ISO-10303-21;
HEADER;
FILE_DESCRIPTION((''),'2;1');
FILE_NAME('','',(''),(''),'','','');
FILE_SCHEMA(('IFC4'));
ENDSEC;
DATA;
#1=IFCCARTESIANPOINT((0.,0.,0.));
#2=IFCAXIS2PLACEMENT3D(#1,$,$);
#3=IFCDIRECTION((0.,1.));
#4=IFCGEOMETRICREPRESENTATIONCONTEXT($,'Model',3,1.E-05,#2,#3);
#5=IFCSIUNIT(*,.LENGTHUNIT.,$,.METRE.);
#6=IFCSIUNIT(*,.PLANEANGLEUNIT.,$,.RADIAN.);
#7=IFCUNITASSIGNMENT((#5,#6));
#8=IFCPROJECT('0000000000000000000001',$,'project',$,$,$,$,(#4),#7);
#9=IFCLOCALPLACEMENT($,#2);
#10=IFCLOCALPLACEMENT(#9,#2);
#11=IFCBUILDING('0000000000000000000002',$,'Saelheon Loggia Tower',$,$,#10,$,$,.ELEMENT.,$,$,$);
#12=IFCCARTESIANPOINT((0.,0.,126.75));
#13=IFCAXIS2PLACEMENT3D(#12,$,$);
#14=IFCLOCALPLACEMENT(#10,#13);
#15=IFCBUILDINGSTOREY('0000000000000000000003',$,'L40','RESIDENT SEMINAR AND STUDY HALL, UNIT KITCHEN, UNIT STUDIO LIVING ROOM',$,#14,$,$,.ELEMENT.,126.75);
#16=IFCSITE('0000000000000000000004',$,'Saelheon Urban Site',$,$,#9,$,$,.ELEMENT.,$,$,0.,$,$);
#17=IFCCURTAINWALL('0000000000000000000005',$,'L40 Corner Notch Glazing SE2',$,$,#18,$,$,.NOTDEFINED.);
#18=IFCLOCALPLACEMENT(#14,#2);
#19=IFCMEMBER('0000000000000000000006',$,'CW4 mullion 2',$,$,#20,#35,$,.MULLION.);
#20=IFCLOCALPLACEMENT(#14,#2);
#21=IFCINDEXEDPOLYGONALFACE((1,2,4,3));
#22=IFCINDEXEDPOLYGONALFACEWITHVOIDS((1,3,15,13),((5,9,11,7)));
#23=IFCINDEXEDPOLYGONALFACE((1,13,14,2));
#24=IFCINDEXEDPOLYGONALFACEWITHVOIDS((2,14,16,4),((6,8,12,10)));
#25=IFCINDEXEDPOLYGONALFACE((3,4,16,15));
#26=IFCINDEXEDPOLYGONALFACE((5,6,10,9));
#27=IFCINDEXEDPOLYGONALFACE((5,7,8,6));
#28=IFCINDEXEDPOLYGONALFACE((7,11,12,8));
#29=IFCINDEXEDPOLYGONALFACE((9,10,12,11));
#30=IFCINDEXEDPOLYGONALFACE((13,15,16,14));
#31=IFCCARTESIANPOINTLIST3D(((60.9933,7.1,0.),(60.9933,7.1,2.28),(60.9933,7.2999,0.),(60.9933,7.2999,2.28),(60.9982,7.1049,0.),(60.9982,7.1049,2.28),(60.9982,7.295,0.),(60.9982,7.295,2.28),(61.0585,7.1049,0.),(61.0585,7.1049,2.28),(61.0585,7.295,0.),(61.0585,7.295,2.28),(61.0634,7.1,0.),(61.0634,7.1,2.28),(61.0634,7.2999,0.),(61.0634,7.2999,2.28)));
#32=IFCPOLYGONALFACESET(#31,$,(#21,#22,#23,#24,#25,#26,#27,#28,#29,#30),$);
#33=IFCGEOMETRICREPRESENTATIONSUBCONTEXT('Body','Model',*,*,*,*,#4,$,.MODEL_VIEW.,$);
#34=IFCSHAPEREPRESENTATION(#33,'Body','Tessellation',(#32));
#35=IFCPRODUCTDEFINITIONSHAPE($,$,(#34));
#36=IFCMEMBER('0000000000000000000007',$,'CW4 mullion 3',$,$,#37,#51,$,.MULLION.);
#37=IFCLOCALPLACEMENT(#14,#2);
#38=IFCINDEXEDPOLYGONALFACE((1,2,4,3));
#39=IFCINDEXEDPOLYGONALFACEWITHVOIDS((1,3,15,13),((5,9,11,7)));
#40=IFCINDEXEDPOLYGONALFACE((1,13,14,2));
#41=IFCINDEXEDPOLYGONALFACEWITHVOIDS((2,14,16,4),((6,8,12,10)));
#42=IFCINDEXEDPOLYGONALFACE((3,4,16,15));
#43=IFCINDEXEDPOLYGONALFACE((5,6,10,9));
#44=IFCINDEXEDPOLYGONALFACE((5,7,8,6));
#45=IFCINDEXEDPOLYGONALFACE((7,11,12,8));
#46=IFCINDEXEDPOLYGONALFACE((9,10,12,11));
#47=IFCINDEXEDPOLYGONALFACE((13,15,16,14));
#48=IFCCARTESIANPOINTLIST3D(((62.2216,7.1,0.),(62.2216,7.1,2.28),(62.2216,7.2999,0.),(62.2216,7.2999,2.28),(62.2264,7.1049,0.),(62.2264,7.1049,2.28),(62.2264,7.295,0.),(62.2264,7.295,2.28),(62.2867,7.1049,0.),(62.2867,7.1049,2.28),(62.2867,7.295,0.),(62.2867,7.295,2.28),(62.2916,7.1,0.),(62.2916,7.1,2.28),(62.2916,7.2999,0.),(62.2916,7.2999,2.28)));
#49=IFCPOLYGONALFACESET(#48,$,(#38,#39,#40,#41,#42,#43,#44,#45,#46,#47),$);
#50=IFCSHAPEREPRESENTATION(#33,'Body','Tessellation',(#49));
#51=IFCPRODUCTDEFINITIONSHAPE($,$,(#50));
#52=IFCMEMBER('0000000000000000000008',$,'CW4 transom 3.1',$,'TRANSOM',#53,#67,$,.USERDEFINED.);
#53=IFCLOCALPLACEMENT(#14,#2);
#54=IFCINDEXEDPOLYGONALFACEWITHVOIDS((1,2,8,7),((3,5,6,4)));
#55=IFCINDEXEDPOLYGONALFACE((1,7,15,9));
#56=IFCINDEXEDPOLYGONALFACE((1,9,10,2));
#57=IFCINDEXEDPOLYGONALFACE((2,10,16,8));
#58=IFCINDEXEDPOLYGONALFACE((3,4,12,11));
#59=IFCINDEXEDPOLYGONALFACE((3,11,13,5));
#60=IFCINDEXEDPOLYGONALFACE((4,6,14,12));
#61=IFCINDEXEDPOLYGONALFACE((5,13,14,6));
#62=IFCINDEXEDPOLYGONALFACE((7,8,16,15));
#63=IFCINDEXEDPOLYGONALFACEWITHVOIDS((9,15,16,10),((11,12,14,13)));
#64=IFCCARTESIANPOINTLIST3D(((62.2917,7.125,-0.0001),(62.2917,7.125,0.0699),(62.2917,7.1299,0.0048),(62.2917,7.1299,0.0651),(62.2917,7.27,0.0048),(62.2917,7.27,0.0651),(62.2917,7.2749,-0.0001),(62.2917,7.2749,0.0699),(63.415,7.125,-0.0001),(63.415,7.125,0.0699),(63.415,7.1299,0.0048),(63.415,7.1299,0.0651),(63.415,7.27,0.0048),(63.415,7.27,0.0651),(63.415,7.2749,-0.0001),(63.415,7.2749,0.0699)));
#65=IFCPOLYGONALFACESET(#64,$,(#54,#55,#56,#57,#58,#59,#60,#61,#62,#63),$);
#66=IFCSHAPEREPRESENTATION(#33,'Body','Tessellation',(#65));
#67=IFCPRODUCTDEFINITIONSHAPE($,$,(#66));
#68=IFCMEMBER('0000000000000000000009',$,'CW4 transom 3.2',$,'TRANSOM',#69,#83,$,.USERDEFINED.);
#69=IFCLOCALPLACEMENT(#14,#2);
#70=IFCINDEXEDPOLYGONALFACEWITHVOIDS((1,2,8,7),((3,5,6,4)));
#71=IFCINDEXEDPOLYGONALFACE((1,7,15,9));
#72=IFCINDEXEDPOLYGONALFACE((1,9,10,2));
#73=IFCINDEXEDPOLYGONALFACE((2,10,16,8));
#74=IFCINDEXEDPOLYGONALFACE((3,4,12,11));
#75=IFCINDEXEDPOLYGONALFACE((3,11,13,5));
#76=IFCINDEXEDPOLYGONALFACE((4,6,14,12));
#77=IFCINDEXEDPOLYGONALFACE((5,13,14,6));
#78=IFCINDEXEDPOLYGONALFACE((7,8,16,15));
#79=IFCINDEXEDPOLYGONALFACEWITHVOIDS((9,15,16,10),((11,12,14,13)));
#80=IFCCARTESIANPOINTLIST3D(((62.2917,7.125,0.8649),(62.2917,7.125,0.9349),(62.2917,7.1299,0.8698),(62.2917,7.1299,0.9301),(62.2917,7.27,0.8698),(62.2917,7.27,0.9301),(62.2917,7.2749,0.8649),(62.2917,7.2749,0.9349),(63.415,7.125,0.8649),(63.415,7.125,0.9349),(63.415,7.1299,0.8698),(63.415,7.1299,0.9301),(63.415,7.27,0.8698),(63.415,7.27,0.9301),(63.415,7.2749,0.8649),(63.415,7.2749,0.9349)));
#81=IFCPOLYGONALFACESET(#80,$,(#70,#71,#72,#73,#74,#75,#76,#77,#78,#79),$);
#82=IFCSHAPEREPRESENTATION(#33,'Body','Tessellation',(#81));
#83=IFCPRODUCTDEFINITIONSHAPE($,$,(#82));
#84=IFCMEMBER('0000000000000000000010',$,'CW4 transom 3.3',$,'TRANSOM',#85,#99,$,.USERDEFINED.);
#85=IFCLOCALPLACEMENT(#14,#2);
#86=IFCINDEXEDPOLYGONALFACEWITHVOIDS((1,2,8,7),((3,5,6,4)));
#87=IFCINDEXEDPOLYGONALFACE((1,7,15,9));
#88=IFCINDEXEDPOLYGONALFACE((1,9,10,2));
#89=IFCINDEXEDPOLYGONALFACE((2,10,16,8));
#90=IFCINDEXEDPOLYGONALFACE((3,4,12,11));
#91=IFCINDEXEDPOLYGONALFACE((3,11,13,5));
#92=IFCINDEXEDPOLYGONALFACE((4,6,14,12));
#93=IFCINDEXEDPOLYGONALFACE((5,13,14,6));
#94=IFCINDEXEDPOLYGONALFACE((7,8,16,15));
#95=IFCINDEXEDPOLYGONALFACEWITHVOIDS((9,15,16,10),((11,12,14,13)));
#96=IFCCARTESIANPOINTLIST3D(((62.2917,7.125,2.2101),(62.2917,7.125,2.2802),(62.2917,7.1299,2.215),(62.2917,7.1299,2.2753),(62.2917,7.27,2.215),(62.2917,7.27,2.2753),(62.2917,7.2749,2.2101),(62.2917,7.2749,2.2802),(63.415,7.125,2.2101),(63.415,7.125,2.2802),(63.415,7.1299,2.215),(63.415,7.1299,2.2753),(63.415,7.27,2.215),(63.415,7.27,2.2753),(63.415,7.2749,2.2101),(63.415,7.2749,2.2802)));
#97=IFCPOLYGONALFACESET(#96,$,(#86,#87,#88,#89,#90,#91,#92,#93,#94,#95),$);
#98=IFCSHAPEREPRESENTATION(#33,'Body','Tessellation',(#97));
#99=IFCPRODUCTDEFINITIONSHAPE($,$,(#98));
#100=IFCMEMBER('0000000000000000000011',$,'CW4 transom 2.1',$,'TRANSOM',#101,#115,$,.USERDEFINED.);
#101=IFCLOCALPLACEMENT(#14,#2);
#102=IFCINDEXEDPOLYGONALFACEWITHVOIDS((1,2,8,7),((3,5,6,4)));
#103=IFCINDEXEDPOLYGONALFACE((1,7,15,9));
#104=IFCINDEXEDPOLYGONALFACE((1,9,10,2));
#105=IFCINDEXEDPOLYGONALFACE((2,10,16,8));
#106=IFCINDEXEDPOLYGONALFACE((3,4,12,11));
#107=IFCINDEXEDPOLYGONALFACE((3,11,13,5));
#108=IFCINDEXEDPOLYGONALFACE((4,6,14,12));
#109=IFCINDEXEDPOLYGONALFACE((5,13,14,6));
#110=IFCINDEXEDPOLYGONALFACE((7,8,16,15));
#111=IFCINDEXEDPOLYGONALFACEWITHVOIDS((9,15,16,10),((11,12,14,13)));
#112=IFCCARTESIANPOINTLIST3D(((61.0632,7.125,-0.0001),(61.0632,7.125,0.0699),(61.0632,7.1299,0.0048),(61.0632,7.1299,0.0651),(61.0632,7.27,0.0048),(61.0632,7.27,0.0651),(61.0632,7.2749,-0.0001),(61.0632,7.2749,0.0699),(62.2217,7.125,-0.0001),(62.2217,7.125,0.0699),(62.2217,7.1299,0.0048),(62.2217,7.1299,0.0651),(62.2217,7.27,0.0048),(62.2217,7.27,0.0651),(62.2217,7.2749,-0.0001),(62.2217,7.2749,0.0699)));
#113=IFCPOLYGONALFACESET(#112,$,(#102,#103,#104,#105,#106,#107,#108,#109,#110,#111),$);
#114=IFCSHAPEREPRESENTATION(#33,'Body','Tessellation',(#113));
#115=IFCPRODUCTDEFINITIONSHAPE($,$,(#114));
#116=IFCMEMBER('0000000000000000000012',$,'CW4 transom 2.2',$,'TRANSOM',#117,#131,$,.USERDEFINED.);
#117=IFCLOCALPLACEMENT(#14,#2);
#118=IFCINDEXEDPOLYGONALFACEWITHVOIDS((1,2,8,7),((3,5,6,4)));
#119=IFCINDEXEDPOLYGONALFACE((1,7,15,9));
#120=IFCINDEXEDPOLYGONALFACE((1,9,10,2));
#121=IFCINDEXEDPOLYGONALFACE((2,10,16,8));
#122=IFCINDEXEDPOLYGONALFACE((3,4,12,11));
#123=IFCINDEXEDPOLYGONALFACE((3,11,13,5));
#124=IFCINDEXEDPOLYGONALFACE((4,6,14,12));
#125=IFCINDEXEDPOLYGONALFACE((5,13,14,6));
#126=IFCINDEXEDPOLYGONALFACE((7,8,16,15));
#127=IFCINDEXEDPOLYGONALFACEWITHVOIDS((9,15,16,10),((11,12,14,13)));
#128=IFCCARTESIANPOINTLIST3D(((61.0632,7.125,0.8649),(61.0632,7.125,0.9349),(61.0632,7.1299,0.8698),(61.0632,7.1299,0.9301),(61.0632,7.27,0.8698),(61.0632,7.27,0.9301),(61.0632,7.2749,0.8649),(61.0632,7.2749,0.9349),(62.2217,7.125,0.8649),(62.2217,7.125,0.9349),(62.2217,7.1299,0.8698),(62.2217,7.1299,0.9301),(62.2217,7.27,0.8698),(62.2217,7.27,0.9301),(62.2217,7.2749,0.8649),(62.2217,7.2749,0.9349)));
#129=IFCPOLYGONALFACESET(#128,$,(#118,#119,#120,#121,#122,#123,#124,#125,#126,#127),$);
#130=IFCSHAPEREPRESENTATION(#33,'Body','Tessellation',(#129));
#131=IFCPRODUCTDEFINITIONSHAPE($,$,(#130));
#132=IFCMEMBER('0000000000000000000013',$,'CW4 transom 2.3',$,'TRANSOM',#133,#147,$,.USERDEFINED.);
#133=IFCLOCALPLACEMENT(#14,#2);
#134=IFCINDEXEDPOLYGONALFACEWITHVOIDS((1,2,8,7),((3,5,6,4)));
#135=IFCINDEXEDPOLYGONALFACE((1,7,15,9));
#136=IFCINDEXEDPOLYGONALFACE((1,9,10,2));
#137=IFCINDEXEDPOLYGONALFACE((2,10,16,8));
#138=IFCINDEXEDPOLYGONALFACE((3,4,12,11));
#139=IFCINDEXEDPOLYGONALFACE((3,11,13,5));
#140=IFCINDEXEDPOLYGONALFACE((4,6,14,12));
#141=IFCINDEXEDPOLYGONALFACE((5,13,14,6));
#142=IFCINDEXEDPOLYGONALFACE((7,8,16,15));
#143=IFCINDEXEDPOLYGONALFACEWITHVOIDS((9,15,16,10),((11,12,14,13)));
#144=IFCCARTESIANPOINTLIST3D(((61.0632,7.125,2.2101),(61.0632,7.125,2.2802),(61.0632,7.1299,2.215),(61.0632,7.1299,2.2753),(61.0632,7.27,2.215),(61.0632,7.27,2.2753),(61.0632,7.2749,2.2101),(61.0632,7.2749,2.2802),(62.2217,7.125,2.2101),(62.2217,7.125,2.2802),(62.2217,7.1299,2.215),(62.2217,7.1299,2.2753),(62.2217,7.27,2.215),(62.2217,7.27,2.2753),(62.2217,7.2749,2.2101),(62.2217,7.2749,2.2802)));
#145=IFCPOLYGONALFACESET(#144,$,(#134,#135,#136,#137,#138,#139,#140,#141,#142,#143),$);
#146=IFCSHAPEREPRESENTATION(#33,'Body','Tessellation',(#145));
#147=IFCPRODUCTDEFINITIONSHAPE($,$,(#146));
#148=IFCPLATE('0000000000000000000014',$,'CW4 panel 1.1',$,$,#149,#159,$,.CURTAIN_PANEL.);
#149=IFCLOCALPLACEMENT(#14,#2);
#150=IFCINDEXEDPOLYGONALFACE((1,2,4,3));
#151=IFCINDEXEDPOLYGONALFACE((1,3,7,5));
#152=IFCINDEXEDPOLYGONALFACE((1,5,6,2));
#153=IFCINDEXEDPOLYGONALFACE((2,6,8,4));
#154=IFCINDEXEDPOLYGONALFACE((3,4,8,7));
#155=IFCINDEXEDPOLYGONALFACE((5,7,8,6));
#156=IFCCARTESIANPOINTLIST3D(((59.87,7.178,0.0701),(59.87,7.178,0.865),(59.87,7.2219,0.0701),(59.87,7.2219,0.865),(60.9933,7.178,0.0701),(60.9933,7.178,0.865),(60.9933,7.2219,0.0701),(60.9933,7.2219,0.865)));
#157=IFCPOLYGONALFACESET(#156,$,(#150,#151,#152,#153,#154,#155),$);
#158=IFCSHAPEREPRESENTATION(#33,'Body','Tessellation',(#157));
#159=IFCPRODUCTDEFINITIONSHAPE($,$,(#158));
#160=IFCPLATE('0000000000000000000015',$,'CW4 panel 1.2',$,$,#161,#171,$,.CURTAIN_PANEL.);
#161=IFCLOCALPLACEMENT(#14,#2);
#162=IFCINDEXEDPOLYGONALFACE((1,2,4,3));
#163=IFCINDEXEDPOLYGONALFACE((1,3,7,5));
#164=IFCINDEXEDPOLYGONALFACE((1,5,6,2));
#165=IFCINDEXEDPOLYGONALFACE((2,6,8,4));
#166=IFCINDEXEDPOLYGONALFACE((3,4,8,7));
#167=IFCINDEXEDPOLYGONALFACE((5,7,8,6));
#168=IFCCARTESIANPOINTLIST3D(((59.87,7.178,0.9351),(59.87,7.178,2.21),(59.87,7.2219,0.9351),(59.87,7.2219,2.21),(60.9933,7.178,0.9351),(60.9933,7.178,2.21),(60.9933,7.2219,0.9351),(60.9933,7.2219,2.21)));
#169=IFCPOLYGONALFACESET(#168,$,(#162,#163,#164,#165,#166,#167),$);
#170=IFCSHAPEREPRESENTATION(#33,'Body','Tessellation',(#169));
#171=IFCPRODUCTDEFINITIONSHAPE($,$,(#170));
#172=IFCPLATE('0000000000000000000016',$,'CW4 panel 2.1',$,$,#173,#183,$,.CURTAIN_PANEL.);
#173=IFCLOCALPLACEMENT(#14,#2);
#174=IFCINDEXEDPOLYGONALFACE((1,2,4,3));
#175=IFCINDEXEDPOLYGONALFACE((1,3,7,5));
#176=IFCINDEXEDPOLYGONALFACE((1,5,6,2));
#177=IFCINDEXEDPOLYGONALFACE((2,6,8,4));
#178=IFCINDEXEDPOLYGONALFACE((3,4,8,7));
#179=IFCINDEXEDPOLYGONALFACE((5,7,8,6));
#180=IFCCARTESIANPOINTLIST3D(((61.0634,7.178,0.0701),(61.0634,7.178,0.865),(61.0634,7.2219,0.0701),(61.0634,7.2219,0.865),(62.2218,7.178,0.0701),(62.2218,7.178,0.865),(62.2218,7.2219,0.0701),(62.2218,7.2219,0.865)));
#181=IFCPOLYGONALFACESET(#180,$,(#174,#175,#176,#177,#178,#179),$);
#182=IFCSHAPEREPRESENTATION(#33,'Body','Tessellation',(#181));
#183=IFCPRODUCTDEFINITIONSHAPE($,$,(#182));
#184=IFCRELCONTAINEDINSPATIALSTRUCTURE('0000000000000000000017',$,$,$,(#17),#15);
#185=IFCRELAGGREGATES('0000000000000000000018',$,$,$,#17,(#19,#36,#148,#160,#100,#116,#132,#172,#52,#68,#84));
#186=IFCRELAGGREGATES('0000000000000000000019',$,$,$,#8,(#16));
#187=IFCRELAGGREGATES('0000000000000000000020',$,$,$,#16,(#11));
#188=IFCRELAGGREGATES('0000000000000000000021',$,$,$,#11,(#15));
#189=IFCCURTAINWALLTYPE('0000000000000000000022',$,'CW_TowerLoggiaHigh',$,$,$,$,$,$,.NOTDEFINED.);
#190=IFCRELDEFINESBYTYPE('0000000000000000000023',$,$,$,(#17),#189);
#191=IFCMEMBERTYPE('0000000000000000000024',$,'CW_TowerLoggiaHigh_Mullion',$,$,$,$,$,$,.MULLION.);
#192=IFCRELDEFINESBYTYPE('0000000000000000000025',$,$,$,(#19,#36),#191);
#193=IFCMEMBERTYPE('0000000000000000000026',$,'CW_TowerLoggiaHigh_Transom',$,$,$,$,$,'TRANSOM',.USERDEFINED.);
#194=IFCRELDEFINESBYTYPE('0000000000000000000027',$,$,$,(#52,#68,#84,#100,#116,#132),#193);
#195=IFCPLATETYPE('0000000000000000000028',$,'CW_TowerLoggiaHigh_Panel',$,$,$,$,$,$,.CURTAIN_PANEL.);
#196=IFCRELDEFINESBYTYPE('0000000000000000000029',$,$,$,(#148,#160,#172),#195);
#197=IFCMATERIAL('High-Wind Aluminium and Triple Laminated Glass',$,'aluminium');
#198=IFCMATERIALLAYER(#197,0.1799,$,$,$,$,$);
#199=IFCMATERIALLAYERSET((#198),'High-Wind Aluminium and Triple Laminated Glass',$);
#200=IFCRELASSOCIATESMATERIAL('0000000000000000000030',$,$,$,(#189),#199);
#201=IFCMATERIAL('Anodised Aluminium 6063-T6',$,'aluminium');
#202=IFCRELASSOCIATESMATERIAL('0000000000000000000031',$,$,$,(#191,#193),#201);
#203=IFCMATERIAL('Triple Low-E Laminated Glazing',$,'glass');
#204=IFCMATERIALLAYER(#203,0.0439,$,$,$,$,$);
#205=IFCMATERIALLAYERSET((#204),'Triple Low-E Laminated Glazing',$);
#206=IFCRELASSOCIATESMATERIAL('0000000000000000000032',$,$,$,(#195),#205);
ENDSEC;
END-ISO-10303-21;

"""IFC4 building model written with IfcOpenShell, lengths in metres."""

from ifc_helpers import new_model, si_unit, direction, frame, origin, origin_2d, place, context, subcontext, project, spatial, rectangle, hollow_rectangle, extrude, source, transform, mapped, material, layer, layer_set, material_profile, profile_set, type_object, element, aggregate, save


model = new_model("IFC4")

# Units and contexts
model_context = context("Model", 3, precision=1e-05, world=origin(), true_north=direction((0.0, 1.0)))
body_context = subcontext(model_context, "Body", "Model", "MODEL_VIEW")
ifc_project = project(units=[si_unit("LENGTHUNIT", "METRE"), si_unit("PLANEANGLEUNIT", "RADIAN")], contexts=[model_context])

# Site, building, storey
site_placement = place(None, origin())
site = spatial("IfcSite", under=ifc_project, at=site_placement, Name="Saelheon Urban Site", CompositionType="ELEMENT", RefElevation=0.0)
building_placement = place(site_placement, origin())
building = spatial("IfcBuilding", under=site, at=building_placement, Name="Saelheon Loggia Tower", CompositionType="ELEMENT")
storey_placement = place(building_placement, frame((0.0, 0.0, 126.75)))
storey = spatial("IfcBuildingStorey", under=building, at=storey_placement, Name="L40", Description="RESIDENT SEMINAR AND STUDY HALL, UNIT KITCHEN, UNIT STUDIO LIVING ROOM", CompositionType="ELEMENT", Elevation=126.75)

# Curtain wall, members, plates
ifc_material_1 = material(Name="High-Wind Aluminium and Triple Laminated Glass", Category="aluminium")
ifc_layer_1 = layer(ifc_material_1, 0.1799)
ifc_layer_set_1 = layer_set([ifc_layer_1], Name="High-Wind Aluminium and Triple Laminated Glass")
curtain_wall_type = type_object("IfcCurtainWallType", Name="CW_TowerLoggiaHigh", PredefinedType="NOTDEFINED", material=ifc_layer_set_1)
curtain_wall_placement = place(storey_placement, origin())
curtain_wall = element("IfcCurtainWall", 1, at=curtain_wall_placement, inside=storey, type_object=curtain_wall_type, Name="L40 Corner Notch Glazing SE2", PredefinedType="NOTDEFINED")
ifc_material_2 = material(Name="Anodised Aluminium 6063-T6", Category="aluminium")
ifc_material_profile_1 = material_profile(ifc_material_2, hollow_rectangle(XDim=0.0701, YDim=0.2, WallThickness=0.0049, at=origin_2d()), Name="RHS-200x70x5")
ifc_profile_set_1 = profile_set([ifc_material_profile_1], Name="Anodised Aluminium 6063-T6")
member_type_1 = type_object("IfcMemberType", Name="CW_TowerLoggiaHigh_Mullion", PredefinedType="MULLION", material=ifc_profile_set_1)
shared_shape_1 = source(origin(), body_context, "Body", "SweptSolid", [
    extrude(hollow_rectangle(XDim=0.0701, YDim=0.2, WallThickness=0.0049, at=origin_2d()), origin(), (0.0, 0.0, 1.0), 2.28),
])
member_1_placement = place(storey_placement, frame((61.0283, 7.2, 0.0), z_axis=(0.0, 0.0, 1.0), x_axis=(1.0, 0.0, 0.0)))
member_1 = element("IfcMember", 2, at=member_1_placement, type_object=member_type_1, Name="CW4 mullion 2", PredefinedType="MULLION", context=body_context, shape_type="MappedRepresentation", body=[
    mapped(shared_shape_1, transform((0.0, 0.0, 0.0), scale=1.0)),
])
member_2_placement = place(storey_placement, frame((62.2566, 7.2, 0.0), z_axis=(0.0, 0.0, 1.0), x_axis=(1.0, 0.0, 0.0)))
member_2 = element("IfcMember", 3, at=member_2_placement, type_object=member_type_1, Name="CW4 mullion 3", PredefinedType="MULLION", context=body_context, shape_type="MappedRepresentation", body=[
    mapped(shared_shape_1, transform((0.0, 0.0, 0.0), scale=1.0)),
])
ifc_material_profile_2 = material_profile(ifc_material_2, hollow_rectangle(XDim=0.0701, YDim=0.1499, WallThickness=0.0049, at=origin_2d()), Name="RHS-150x70x5")
ifc_profile_set_2 = profile_set([ifc_material_profile_2], Name="Anodised Aluminium 6063-T6")
member_type_2 = type_object("IfcMemberType", Name="CW_TowerLoggiaHigh_Transom", ElementType="TRANSOM", PredefinedType="USERDEFINED", material=ifc_profile_set_2)
shared_shape_2 = source(origin(), body_context, "Body", "SweptSolid", [
    extrude(hollow_rectangle(XDim=0.0701, YDim=0.1499, WallThickness=0.0049, at=origin_2d()), origin(), (0.0, 0.0, 1.0), 1.1233),
])
member_3_placement = place(storey_placement, frame((62.2917, 7.2, 0.0349), z_axis=(1.0, 0.0, 0.0), x_axis=(0.0, 0.0, 1.0)))
member_3 = element("IfcMember", 4, at=member_3_placement, type_object=member_type_2, Name="CW4 transom 3.1", ObjectType="TRANSOM", PredefinedType="USERDEFINED", context=body_context, shape_type="MappedRepresentation", body=[
    mapped(shared_shape_2, transform((0.0, 0.0, 0.0), scale=1.0)),
])
member_4_placement = place(storey_placement, frame((62.2917, 7.2, 0.8999), z_axis=(1.0, 0.0, 0.0), x_axis=(0.0, 0.0, 1.0)))
member_4 = element("IfcMember", 5, at=member_4_placement, type_object=member_type_2, Name="CW4 transom 3.2", ObjectType="TRANSOM", PredefinedType="USERDEFINED", context=body_context, shape_type="MappedRepresentation", body=[
    mapped(shared_shape_2, transform((0.0, 0.0, 0.0), scale=1.0)),
])
member_5_placement = place(storey_placement, frame((62.2917, 7.2, 2.2451), z_axis=(1.0, 0.0, 0.0), x_axis=(0.0, 0.0, 1.0)))
member_5 = element("IfcMember", 6, at=member_5_placement, type_object=member_type_2, Name="CW4 transom 3.3", ObjectType="TRANSOM", PredefinedType="USERDEFINED", context=body_context, shape_type="MappedRepresentation", body=[
    mapped(shared_shape_2, transform((0.0, 0.0, 0.0), scale=1.0)),
])
shared_shape_3 = source(origin(), body_context, "Body", "SweptSolid", [
    extrude(hollow_rectangle(XDim=0.0701, YDim=0.1499, WallThickness=0.0049, at=origin_2d()), origin(), (0.0, 0.0, 1.0), 1.1584),
])
member_6_placement = place(storey_placement, frame((61.0632, 7.2, 0.0349), z_axis=(1.0, 0.0, 0.0), x_axis=(0.0, 0.0, 1.0)))
member_6 = element("IfcMember", 7, at=member_6_placement, type_object=member_type_2, Name="CW4 transom 2.1", ObjectType="TRANSOM", PredefinedType="USERDEFINED", context=body_context, shape_type="MappedRepresentation", body=[
    mapped(shared_shape_3, transform((0.0, 0.0, 0.0), scale=1.0)),
])
member_7_placement = place(storey_placement, frame((61.0632, 7.2, 0.8999), z_axis=(1.0, 0.0, 0.0), x_axis=(0.0, 0.0, 1.0)))
member_7 = element("IfcMember", 8, at=member_7_placement, type_object=member_type_2, Name="CW4 transom 2.2", ObjectType="TRANSOM", PredefinedType="USERDEFINED", context=body_context, shape_type="MappedRepresentation", body=[
    mapped(shared_shape_3, transform((0.0, 0.0, 0.0), scale=1.0)),
])
member_8_placement = place(storey_placement, frame((61.0632, 7.2, 2.2451), z_axis=(1.0, 0.0, 0.0), x_axis=(0.0, 0.0, 1.0)))
member_8 = element("IfcMember", 9, at=member_8_placement, type_object=member_type_2, Name="CW4 transom 2.3", ObjectType="TRANSOM", PredefinedType="USERDEFINED", context=body_context, shape_type="MappedRepresentation", body=[
    mapped(shared_shape_3, transform((0.0, 0.0, 0.0), scale=1.0)),
])
ifc_material_3 = material(Name="Triple Low-E Laminated Glazing", Category="glass")
ifc_layer_2 = layer(ifc_material_3, 0.0439)
ifc_layer_set_2 = layer_set([ifc_layer_2], Name="Triple Low-E Laminated Glazing")
plate_type = type_object("IfcPlateType", Name="CW_TowerLoggiaHigh_Panel", PredefinedType="CURTAIN_PANEL", material=ifc_layer_set_2)
shared_shape_4 = source(origin(), body_context, "Body", "SweptSolid", [
    extrude(rectangle(XDim=1.1233, YDim=0.0439, at=origin_2d()), origin(), (0.0, 0.0, 1.0), 0.7949),
])
plate_1_placement = place(storey_placement, frame((60.4316, 7.2, 0.0701), z_axis=(0.0, 0.0, 1.0), x_axis=(1.0, 0.0, 0.0)))
plate_1 = element("IfcPlate", 10, at=plate_1_placement, type_object=plate_type, Name="CW4 panel 1.1", PredefinedType="CURTAIN_PANEL", context=body_context, shape_type="MappedRepresentation", body=[
    mapped(shared_shape_4, transform((0.0, 0.0, 0.0), scale=1.0)),
])
shared_shape_5 = source(origin(), body_context, "Body", "SweptSolid", [
    extrude(rectangle(XDim=1.1233, YDim=0.0439, at=origin_2d()), origin(), (0.0, 0.0, 1.0), 1.2749),
])
plate_2_placement = place(storey_placement, frame((60.4316, 7.2, 0.9351), z_axis=(0.0, 0.0, 1.0), x_axis=(1.0, 0.0, 0.0)))
plate_2 = element("IfcPlate", 11, at=plate_2_placement, type_object=plate_type, Name="CW4 panel 1.2", PredefinedType="CURTAIN_PANEL", context=body_context, shape_type="MappedRepresentation", body=[
    mapped(shared_shape_5, transform((0.0, 0.0, 0.0), scale=1.0)),
])
shared_shape_6 = source(origin(), body_context, "Body", "SweptSolid", [
    extrude(rectangle(XDim=1.1584, YDim=0.0439, at=origin_2d()), origin(), (0.0, 0.0, 1.0), 0.7949),
])
plate_3_placement = place(storey_placement, frame((61.6426, 7.2, 0.0701), z_axis=(0.0, 0.0, 1.0), x_axis=(1.0, 0.0, 0.0)))
plate_3 = element("IfcPlate", 12, at=plate_3_placement, type_object=plate_type, Name="CW4 panel 2.1", PredefinedType="CURTAIN_PANEL", context=body_context, shape_type="MappedRepresentation", body=[
    mapped(shared_shape_6, transform((0.0, 0.0, 0.0), scale=1.0)),
])
aggregate(curtain_wall, [member_1, member_2, plate_1, plate_2, member_6, member_7, member_8, plate_3, member_3, member_4, member_5])

save(model, "model.ifc")
